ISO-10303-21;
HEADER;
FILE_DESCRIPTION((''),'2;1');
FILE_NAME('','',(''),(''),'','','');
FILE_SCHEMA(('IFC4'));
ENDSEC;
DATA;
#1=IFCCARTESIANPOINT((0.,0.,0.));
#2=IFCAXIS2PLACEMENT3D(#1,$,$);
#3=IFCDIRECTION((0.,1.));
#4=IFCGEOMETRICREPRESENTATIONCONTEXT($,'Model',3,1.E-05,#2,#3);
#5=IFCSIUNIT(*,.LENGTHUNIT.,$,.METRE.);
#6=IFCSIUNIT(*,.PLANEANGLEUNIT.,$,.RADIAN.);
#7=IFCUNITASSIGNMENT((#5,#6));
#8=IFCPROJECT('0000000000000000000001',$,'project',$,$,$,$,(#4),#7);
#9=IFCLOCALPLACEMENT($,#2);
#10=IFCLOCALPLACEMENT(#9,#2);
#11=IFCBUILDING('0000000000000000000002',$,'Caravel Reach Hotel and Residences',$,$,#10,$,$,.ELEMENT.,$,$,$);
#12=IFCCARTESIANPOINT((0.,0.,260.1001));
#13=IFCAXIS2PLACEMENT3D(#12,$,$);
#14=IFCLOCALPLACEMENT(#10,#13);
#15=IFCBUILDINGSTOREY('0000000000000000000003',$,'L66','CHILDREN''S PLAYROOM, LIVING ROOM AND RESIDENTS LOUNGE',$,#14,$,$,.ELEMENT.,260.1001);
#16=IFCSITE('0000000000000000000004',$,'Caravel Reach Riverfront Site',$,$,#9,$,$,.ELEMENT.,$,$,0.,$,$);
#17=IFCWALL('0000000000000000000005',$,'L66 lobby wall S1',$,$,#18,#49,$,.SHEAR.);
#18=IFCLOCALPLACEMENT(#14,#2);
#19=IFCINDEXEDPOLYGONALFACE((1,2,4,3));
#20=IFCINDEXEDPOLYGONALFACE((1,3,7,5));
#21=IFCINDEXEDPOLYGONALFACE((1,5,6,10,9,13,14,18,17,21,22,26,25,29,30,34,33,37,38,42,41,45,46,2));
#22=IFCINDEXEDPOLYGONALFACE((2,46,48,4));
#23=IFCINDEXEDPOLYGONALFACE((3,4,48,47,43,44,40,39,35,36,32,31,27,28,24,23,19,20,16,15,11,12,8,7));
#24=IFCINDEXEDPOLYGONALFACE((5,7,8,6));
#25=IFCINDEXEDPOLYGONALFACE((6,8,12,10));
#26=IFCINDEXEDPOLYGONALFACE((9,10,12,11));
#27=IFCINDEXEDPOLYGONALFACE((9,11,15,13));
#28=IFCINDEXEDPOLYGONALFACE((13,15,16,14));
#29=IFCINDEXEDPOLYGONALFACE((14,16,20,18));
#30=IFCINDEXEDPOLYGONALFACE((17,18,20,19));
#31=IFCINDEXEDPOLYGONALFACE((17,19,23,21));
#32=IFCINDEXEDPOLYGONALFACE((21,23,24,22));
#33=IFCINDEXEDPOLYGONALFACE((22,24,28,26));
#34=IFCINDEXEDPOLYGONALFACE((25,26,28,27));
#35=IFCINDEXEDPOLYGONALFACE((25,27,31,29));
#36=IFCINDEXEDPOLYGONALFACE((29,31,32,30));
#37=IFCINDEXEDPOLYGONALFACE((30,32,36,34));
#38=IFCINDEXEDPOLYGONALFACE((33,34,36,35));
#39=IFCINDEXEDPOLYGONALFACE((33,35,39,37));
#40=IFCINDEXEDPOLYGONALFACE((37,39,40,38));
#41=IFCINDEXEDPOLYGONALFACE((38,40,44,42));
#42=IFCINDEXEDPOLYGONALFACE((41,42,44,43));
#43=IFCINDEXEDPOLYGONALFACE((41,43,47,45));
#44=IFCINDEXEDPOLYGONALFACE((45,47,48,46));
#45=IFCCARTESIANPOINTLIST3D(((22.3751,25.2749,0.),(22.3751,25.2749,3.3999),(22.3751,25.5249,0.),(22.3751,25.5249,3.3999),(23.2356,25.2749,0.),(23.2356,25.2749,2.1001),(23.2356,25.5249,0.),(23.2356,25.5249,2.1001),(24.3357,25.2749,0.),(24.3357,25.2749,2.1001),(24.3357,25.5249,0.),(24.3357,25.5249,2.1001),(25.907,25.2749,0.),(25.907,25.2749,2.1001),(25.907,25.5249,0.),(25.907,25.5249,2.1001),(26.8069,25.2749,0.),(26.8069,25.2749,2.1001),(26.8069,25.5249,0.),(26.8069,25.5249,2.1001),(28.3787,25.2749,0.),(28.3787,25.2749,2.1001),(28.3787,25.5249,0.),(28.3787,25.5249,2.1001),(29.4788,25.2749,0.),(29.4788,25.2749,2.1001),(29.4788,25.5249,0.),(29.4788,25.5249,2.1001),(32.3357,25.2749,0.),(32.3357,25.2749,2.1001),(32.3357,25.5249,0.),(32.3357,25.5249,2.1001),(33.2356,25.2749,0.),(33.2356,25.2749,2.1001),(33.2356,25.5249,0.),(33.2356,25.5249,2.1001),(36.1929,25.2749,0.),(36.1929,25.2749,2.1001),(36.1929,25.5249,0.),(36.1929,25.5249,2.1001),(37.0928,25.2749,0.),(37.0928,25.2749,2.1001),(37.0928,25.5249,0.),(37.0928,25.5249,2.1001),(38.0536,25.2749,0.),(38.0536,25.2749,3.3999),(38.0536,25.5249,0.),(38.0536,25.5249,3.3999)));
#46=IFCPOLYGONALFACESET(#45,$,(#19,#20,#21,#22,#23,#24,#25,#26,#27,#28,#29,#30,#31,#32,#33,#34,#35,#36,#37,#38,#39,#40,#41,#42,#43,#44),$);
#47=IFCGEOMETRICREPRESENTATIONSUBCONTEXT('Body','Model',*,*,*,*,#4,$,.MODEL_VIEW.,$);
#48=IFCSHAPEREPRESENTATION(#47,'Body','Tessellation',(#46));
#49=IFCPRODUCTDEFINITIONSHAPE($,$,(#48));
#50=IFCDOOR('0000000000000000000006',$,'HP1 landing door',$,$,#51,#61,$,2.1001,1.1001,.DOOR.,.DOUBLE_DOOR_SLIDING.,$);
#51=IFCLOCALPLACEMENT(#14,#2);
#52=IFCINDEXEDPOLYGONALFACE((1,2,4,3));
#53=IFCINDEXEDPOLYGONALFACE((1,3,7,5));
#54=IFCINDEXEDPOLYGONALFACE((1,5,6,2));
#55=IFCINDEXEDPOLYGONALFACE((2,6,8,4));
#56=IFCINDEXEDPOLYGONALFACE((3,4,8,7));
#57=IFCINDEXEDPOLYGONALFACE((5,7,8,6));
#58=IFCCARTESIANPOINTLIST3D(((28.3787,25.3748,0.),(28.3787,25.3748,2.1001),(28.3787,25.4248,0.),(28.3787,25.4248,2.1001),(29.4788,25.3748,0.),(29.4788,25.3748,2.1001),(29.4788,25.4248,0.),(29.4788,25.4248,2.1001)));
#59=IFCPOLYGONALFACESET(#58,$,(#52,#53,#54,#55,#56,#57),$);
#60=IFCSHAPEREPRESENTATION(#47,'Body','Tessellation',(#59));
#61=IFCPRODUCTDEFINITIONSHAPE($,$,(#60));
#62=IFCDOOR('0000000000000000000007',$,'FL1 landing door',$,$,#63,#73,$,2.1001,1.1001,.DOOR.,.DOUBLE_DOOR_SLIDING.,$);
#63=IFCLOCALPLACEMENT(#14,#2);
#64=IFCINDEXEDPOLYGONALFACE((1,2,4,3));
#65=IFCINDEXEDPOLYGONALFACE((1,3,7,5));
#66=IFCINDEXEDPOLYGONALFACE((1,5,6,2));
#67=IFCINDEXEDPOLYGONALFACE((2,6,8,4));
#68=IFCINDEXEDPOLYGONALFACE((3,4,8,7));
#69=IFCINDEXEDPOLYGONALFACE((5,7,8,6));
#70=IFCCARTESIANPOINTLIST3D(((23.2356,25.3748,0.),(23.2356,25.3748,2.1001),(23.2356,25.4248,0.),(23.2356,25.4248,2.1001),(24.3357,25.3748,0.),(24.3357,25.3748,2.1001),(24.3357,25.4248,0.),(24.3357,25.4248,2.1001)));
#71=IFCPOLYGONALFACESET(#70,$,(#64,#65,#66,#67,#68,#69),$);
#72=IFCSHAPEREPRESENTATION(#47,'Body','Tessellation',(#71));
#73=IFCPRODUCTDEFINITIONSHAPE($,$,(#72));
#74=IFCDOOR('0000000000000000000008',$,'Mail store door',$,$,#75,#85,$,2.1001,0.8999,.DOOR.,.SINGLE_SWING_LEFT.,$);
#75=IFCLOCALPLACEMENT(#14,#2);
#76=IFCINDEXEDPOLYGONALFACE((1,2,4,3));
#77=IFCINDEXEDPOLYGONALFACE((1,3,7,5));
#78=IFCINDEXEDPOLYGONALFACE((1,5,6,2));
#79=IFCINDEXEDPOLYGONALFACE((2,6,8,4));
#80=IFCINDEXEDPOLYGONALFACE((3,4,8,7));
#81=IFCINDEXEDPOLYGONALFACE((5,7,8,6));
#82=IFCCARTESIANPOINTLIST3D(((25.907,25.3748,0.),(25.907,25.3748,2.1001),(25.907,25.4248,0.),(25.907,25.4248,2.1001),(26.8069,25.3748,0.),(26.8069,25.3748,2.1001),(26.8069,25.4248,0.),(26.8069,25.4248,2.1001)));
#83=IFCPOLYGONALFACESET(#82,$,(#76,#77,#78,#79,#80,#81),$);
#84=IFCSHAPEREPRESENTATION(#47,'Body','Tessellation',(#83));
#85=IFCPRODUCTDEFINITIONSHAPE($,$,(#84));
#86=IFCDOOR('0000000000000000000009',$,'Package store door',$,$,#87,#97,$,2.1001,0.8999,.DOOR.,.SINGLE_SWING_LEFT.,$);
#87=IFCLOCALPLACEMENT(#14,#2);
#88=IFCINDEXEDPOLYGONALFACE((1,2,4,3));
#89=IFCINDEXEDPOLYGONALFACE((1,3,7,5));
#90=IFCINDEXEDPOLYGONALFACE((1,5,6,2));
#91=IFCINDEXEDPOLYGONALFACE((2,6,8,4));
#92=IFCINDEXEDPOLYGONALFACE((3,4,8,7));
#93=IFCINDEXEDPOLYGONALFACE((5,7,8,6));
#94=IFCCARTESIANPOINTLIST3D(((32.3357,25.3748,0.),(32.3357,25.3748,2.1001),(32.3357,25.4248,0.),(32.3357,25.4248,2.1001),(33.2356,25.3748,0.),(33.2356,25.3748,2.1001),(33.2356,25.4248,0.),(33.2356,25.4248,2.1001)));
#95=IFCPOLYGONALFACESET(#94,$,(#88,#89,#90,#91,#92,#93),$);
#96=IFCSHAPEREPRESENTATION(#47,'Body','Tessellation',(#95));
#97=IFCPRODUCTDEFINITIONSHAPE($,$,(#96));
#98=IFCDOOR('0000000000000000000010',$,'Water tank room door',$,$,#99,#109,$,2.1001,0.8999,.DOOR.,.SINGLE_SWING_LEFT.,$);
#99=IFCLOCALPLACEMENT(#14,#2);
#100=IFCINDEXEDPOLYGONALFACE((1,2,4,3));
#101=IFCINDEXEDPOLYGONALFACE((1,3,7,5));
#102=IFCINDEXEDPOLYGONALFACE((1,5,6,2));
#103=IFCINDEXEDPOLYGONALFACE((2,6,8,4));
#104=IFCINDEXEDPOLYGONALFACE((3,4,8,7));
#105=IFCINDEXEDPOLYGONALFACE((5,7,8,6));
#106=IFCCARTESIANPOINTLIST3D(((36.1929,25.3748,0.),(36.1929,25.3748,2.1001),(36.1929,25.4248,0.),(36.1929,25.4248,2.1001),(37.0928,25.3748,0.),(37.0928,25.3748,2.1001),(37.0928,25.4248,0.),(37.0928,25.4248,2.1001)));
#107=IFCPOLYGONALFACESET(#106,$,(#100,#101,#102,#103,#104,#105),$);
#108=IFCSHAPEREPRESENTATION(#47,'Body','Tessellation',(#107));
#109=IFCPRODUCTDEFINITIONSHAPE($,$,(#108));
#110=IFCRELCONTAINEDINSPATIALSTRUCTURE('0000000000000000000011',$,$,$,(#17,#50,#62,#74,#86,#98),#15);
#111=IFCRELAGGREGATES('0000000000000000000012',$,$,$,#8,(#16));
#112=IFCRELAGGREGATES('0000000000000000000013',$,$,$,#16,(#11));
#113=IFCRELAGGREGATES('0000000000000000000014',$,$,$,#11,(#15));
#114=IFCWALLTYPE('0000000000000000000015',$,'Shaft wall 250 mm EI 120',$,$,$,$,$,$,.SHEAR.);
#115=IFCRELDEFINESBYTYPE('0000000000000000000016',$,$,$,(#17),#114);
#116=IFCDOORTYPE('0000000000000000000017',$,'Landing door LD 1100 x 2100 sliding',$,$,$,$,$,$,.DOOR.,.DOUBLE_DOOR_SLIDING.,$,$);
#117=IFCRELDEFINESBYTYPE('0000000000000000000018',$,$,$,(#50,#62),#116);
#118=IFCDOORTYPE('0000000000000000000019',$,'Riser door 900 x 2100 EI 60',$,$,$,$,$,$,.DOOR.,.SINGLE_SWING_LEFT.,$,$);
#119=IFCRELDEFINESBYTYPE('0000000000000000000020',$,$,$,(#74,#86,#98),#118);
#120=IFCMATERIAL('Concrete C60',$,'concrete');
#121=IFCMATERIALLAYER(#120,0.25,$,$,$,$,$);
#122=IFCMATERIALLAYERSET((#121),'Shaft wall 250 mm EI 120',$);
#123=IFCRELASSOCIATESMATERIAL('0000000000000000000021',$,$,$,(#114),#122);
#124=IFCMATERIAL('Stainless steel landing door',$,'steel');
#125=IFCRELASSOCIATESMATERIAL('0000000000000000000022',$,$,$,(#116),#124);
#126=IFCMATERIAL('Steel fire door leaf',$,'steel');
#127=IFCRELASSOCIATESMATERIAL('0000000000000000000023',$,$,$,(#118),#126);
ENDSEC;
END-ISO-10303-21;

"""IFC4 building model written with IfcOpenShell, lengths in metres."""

from ifc_helpers import new_model, si_unit, direction, frame, frame_2d, origin, place, context, subcontext, project, spatial, rectangle, extrude, material, layer, layer_set, type_object, element, fill, save


model = new_model("IFC4")

# Units and contexts
model_context = context("Model", 3, precision=1e-05, world=origin(), true_north=direction((0.0, 1.0)))
body_context = subcontext(model_context, "Body", "Model", "MODEL_VIEW")
ifc_project = project(units=[si_unit("LENGTHUNIT", "METRE"), si_unit("PLANEANGLEUNIT", "RADIAN")], contexts=[model_context])

# Site, building, storey
site_placement = place(None, origin())
site = spatial("IfcSite", under=ifc_project, at=site_placement, Name="Caravel Reach Riverfront Site", CompositionType="ELEMENT", RefElevation=0.0)
building_placement = place(site_placement, origin())
building = spatial("IfcBuilding", under=site, at=building_placement, Name="Caravel Reach Hotel and Residences", CompositionType="ELEMENT")
storey_placement = place(building_placement, frame((0.0, 0.0, 260.1001)))
storey = spatial("IfcBuildingStorey", under=building, at=storey_placement, Name="L66", Description="CHILDREN'S PLAYROOM, LIVING ROOM AND RESIDENTS LOUNGE", CompositionType="ELEMENT", Elevation=260.1001)

# Wall, openings, doors
ifc_material_1 = material(Name="Concrete C60", Category="concrete")
ifc_layer_1 = layer(ifc_material_1, 0.25)
ifc_layer_set_1 = layer_set([ifc_layer_1], Name="Shaft wall 250 mm EI 120")
wall_type_1 = type_object("IfcWallType", Name="Shaft wall 250 mm EI 120", PredefinedType="SHEAR", material=ifc_layer_set_1)
wall_1_placement = place(storey_placement, frame((22.375, 25.3999, 0.0), z_axis=(0.0, 0.0, 1.0), x_axis=(1.0, 0.0, 0.0)))
wall_1 = element("IfcWall", 1, at=wall_1_placement, inside=storey, type_object=wall_type_1, Name="L66 lobby wall S1", PredefinedType="SHEAR", context=body_context, shape_type="SweptSolid", body=[
    extrude(rectangle(XDim=15.6785, YDim=0.25, at=frame_2d((7.8394, 0.0))), origin(), (0.0, 0.0, 1.0), 3.3999),
])
opening_1_placement = place(wall_1_placement, frame((6.0037, 0.0, 0.0)))
opening_1 = element("IfcOpeningElement", 2, at=opening_1_placement, cuts=wall_1, PredefinedType="OPENING", context=body_context, shape_type="SweptSolid", body=[
    extrude(rectangle(XDim=1.1001, YDim=2.1001, at=frame_2d((0.55, 1.05))), frame((0.0, 0.135, 0.0), z_axis=(0.0, -1.0, 0.0), x_axis=(1.0, 0.0, 0.0)), (0.0, 0.0, 1.0), 0.27),
])
opening_2_placement = place(wall_1_placement, frame((0.8606, 0.0, 0.0)))
opening_2 = element("IfcOpeningElement", 3, at=opening_2_placement, cuts=wall_1, PredefinedType="OPENING", context=body_context, shape_type="SweptSolid", body=[
    extrude(rectangle(XDim=1.1001, YDim=2.1001, at=frame_2d((0.55, 1.05))), frame((0.0, 0.135, 0.0), z_axis=(0.0, -1.0, 0.0), x_axis=(1.0, 0.0, 0.0)), (0.0, 0.0, 1.0), 0.27),
])
opening_3_placement = place(wall_1_placement, frame((3.532, 0.0, 0.0)))
opening_3 = element("IfcOpeningElement", 4, at=opening_3_placement, cuts=wall_1, PredefinedType="OPENING", context=body_context, shape_type="SweptSolid", body=[
    extrude(rectangle(XDim=0.8999, YDim=2.1001, at=frame_2d((0.45, 1.05))), frame((0.0, 0.135, 0.0), z_axis=(0.0, -1.0, 0.0), x_axis=(1.0, 0.0, 0.0)), (0.0, 0.0, 1.0), 0.27),
])
opening_4_placement = place(wall_1_placement, frame((9.9607, 0.0, 0.0)))
opening_4 = element("IfcOpeningElement", 5, at=opening_4_placement, cuts=wall_1, PredefinedType="OPENING", context=body_context, shape_type="SweptSolid", body=[
    extrude(rectangle(XDim=0.8999, YDim=2.1001, at=frame_2d((0.45, 1.05))), frame((0.0, 0.135, 0.0), z_axis=(0.0, -1.0, 0.0), x_axis=(1.0, 0.0, 0.0)), (0.0, 0.0, 1.0), 0.27),
])
opening_5_placement = place(wall_1_placement, frame((13.8179, 0.0, 0.0)))
opening_5 = element("IfcOpeningElement", 6, at=opening_5_placement, cuts=wall_1, PredefinedType="OPENING", context=body_context, shape_type="SweptSolid", body=[
    extrude(rectangle(XDim=0.8999, YDim=2.1001, at=frame_2d((0.45, 1.05))), frame((0.0, 0.135, 0.0), z_axis=(0.0, -1.0, 0.0), x_axis=(1.0, 0.0, 0.0)), (0.0, 0.0, 1.0), 0.27),
])
ifc_material_2 = material(Name="Stainless steel landing door", Category="steel")
door_type_1 = type_object("IfcDoorType", Name="Landing door LD 1100 x 2100 sliding", OperationType="DOUBLE_DOOR_SLIDING", PredefinedType="DOOR", material=ifc_material_2)
door_1_placement = place(opening_1_placement, origin())
door_1 = element("IfcDoor", 7, at=door_1_placement, inside=storey, type_object=door_type_1, Name="HP1 landing door", OperationType="DOUBLE_DOOR_SLIDING", OverallHeight=2.1001, OverallWidth=1.1001, PredefinedType="DOOR", context=body_context, shape_type="SweptSolid", body=[
    extrude(rectangle(XDim=1.1001, YDim=2.1001, at=frame_2d((0.55, 1.05))), frame((0.0, 0.0249, 0.0), z_axis=(0.0, -1.0, 0.0), x_axis=(1.0, 0.0, 0.0)), (0.0, 0.0, 1.0), 0.05),
])
fill(opening_1, door_1)
door_2_placement = place(opening_2_placement, origin())
door_2 = element("IfcDoor", 8, at=door_2_placement, inside=storey, type_object=door_type_1, Name="FL1 landing door", OperationType="DOUBLE_DOOR_SLIDING", OverallHeight=2.1001, OverallWidth=1.1001, PredefinedType="DOOR", context=body_context, shape_type="SweptSolid", body=[
    extrude(rectangle(XDim=1.1001, YDim=2.1001, at=frame_2d((0.55, 1.05))), frame((0.0, 0.0249, 0.0), z_axis=(0.0, -1.0, 0.0), x_axis=(1.0, 0.0, 0.0)), (0.0, 0.0, 1.0), 0.05),
])
fill(opening_2, door_2)
ifc_material_3 = material(Name="Steel fire door leaf", Category="steel")
door_type_2 = type_object("IfcDoorType", Name="Riser door 900 x 2100 EI 60", OperationType="SINGLE_SWING_LEFT", PredefinedType="DOOR", material=ifc_material_3)
door_3_placement = place(opening_3_placement, origin())
door_3 = element("IfcDoor", 9, at=door_3_placement, inside=storey, type_object=door_type_2, Name="Mail store door", OperationType="SINGLE_SWING_LEFT", OverallHeight=2.1001, OverallWidth=0.8999, PredefinedType="DOOR", context=body_context, shape_type="SweptSolid", body=[
    extrude(rectangle(XDim=0.8999, YDim=2.1001, at=frame_2d((0.45, 1.05))), frame((0.0, 0.0249, 0.0), z_axis=(0.0, -1.0, 0.0), x_axis=(1.0, 0.0, 0.0)), (0.0, 0.0, 1.0), 0.05),
])
fill(opening_3, door_3)
door_4_placement = place(opening_4_placement, origin())
door_4 = element("IfcDoor", 10, at=door_4_placement, inside=storey, type_object=door_type_2, Name="Package store door", OperationType="SINGLE_SWING_LEFT", OverallHeight=2.1001, OverallWidth=0.8999, PredefinedType="DOOR", context=body_context, shape_type="SweptSolid", body=[
    extrude(rectangle(XDim=0.8999, YDim=2.1001, at=frame_2d((0.45, 1.05))), frame((0.0, 0.0249, 0.0), z_axis=(0.0, -1.0, 0.0), x_axis=(1.0, 0.0, 0.0)), (0.0, 0.0, 1.0), 0.05),
])
fill(opening_4, door_4)
door_5_placement = place(opening_5_placement, origin())
door_5 = element("IfcDoor", 11, at=door_5_placement, inside=storey, type_object=door_type_2, Name="Water tank room door", OperationType="SINGLE_SWING_LEFT", OverallHeight=2.1001, OverallWidth=0.8999, PredefinedType="DOOR", context=body_context, shape_type="SweptSolid", body=[
    extrude(rectangle(XDim=0.8999, YDim=2.1001, at=frame_2d((0.45, 1.05))), frame((0.0, 0.0249, 0.0), z_axis=(0.0, -1.0, 0.0), x_axis=(1.0, 0.0, 0.0)), (0.0, 0.0, 1.0), 0.05),
])
fill(opening_5, door_5)

save(model, "model.ifc")
